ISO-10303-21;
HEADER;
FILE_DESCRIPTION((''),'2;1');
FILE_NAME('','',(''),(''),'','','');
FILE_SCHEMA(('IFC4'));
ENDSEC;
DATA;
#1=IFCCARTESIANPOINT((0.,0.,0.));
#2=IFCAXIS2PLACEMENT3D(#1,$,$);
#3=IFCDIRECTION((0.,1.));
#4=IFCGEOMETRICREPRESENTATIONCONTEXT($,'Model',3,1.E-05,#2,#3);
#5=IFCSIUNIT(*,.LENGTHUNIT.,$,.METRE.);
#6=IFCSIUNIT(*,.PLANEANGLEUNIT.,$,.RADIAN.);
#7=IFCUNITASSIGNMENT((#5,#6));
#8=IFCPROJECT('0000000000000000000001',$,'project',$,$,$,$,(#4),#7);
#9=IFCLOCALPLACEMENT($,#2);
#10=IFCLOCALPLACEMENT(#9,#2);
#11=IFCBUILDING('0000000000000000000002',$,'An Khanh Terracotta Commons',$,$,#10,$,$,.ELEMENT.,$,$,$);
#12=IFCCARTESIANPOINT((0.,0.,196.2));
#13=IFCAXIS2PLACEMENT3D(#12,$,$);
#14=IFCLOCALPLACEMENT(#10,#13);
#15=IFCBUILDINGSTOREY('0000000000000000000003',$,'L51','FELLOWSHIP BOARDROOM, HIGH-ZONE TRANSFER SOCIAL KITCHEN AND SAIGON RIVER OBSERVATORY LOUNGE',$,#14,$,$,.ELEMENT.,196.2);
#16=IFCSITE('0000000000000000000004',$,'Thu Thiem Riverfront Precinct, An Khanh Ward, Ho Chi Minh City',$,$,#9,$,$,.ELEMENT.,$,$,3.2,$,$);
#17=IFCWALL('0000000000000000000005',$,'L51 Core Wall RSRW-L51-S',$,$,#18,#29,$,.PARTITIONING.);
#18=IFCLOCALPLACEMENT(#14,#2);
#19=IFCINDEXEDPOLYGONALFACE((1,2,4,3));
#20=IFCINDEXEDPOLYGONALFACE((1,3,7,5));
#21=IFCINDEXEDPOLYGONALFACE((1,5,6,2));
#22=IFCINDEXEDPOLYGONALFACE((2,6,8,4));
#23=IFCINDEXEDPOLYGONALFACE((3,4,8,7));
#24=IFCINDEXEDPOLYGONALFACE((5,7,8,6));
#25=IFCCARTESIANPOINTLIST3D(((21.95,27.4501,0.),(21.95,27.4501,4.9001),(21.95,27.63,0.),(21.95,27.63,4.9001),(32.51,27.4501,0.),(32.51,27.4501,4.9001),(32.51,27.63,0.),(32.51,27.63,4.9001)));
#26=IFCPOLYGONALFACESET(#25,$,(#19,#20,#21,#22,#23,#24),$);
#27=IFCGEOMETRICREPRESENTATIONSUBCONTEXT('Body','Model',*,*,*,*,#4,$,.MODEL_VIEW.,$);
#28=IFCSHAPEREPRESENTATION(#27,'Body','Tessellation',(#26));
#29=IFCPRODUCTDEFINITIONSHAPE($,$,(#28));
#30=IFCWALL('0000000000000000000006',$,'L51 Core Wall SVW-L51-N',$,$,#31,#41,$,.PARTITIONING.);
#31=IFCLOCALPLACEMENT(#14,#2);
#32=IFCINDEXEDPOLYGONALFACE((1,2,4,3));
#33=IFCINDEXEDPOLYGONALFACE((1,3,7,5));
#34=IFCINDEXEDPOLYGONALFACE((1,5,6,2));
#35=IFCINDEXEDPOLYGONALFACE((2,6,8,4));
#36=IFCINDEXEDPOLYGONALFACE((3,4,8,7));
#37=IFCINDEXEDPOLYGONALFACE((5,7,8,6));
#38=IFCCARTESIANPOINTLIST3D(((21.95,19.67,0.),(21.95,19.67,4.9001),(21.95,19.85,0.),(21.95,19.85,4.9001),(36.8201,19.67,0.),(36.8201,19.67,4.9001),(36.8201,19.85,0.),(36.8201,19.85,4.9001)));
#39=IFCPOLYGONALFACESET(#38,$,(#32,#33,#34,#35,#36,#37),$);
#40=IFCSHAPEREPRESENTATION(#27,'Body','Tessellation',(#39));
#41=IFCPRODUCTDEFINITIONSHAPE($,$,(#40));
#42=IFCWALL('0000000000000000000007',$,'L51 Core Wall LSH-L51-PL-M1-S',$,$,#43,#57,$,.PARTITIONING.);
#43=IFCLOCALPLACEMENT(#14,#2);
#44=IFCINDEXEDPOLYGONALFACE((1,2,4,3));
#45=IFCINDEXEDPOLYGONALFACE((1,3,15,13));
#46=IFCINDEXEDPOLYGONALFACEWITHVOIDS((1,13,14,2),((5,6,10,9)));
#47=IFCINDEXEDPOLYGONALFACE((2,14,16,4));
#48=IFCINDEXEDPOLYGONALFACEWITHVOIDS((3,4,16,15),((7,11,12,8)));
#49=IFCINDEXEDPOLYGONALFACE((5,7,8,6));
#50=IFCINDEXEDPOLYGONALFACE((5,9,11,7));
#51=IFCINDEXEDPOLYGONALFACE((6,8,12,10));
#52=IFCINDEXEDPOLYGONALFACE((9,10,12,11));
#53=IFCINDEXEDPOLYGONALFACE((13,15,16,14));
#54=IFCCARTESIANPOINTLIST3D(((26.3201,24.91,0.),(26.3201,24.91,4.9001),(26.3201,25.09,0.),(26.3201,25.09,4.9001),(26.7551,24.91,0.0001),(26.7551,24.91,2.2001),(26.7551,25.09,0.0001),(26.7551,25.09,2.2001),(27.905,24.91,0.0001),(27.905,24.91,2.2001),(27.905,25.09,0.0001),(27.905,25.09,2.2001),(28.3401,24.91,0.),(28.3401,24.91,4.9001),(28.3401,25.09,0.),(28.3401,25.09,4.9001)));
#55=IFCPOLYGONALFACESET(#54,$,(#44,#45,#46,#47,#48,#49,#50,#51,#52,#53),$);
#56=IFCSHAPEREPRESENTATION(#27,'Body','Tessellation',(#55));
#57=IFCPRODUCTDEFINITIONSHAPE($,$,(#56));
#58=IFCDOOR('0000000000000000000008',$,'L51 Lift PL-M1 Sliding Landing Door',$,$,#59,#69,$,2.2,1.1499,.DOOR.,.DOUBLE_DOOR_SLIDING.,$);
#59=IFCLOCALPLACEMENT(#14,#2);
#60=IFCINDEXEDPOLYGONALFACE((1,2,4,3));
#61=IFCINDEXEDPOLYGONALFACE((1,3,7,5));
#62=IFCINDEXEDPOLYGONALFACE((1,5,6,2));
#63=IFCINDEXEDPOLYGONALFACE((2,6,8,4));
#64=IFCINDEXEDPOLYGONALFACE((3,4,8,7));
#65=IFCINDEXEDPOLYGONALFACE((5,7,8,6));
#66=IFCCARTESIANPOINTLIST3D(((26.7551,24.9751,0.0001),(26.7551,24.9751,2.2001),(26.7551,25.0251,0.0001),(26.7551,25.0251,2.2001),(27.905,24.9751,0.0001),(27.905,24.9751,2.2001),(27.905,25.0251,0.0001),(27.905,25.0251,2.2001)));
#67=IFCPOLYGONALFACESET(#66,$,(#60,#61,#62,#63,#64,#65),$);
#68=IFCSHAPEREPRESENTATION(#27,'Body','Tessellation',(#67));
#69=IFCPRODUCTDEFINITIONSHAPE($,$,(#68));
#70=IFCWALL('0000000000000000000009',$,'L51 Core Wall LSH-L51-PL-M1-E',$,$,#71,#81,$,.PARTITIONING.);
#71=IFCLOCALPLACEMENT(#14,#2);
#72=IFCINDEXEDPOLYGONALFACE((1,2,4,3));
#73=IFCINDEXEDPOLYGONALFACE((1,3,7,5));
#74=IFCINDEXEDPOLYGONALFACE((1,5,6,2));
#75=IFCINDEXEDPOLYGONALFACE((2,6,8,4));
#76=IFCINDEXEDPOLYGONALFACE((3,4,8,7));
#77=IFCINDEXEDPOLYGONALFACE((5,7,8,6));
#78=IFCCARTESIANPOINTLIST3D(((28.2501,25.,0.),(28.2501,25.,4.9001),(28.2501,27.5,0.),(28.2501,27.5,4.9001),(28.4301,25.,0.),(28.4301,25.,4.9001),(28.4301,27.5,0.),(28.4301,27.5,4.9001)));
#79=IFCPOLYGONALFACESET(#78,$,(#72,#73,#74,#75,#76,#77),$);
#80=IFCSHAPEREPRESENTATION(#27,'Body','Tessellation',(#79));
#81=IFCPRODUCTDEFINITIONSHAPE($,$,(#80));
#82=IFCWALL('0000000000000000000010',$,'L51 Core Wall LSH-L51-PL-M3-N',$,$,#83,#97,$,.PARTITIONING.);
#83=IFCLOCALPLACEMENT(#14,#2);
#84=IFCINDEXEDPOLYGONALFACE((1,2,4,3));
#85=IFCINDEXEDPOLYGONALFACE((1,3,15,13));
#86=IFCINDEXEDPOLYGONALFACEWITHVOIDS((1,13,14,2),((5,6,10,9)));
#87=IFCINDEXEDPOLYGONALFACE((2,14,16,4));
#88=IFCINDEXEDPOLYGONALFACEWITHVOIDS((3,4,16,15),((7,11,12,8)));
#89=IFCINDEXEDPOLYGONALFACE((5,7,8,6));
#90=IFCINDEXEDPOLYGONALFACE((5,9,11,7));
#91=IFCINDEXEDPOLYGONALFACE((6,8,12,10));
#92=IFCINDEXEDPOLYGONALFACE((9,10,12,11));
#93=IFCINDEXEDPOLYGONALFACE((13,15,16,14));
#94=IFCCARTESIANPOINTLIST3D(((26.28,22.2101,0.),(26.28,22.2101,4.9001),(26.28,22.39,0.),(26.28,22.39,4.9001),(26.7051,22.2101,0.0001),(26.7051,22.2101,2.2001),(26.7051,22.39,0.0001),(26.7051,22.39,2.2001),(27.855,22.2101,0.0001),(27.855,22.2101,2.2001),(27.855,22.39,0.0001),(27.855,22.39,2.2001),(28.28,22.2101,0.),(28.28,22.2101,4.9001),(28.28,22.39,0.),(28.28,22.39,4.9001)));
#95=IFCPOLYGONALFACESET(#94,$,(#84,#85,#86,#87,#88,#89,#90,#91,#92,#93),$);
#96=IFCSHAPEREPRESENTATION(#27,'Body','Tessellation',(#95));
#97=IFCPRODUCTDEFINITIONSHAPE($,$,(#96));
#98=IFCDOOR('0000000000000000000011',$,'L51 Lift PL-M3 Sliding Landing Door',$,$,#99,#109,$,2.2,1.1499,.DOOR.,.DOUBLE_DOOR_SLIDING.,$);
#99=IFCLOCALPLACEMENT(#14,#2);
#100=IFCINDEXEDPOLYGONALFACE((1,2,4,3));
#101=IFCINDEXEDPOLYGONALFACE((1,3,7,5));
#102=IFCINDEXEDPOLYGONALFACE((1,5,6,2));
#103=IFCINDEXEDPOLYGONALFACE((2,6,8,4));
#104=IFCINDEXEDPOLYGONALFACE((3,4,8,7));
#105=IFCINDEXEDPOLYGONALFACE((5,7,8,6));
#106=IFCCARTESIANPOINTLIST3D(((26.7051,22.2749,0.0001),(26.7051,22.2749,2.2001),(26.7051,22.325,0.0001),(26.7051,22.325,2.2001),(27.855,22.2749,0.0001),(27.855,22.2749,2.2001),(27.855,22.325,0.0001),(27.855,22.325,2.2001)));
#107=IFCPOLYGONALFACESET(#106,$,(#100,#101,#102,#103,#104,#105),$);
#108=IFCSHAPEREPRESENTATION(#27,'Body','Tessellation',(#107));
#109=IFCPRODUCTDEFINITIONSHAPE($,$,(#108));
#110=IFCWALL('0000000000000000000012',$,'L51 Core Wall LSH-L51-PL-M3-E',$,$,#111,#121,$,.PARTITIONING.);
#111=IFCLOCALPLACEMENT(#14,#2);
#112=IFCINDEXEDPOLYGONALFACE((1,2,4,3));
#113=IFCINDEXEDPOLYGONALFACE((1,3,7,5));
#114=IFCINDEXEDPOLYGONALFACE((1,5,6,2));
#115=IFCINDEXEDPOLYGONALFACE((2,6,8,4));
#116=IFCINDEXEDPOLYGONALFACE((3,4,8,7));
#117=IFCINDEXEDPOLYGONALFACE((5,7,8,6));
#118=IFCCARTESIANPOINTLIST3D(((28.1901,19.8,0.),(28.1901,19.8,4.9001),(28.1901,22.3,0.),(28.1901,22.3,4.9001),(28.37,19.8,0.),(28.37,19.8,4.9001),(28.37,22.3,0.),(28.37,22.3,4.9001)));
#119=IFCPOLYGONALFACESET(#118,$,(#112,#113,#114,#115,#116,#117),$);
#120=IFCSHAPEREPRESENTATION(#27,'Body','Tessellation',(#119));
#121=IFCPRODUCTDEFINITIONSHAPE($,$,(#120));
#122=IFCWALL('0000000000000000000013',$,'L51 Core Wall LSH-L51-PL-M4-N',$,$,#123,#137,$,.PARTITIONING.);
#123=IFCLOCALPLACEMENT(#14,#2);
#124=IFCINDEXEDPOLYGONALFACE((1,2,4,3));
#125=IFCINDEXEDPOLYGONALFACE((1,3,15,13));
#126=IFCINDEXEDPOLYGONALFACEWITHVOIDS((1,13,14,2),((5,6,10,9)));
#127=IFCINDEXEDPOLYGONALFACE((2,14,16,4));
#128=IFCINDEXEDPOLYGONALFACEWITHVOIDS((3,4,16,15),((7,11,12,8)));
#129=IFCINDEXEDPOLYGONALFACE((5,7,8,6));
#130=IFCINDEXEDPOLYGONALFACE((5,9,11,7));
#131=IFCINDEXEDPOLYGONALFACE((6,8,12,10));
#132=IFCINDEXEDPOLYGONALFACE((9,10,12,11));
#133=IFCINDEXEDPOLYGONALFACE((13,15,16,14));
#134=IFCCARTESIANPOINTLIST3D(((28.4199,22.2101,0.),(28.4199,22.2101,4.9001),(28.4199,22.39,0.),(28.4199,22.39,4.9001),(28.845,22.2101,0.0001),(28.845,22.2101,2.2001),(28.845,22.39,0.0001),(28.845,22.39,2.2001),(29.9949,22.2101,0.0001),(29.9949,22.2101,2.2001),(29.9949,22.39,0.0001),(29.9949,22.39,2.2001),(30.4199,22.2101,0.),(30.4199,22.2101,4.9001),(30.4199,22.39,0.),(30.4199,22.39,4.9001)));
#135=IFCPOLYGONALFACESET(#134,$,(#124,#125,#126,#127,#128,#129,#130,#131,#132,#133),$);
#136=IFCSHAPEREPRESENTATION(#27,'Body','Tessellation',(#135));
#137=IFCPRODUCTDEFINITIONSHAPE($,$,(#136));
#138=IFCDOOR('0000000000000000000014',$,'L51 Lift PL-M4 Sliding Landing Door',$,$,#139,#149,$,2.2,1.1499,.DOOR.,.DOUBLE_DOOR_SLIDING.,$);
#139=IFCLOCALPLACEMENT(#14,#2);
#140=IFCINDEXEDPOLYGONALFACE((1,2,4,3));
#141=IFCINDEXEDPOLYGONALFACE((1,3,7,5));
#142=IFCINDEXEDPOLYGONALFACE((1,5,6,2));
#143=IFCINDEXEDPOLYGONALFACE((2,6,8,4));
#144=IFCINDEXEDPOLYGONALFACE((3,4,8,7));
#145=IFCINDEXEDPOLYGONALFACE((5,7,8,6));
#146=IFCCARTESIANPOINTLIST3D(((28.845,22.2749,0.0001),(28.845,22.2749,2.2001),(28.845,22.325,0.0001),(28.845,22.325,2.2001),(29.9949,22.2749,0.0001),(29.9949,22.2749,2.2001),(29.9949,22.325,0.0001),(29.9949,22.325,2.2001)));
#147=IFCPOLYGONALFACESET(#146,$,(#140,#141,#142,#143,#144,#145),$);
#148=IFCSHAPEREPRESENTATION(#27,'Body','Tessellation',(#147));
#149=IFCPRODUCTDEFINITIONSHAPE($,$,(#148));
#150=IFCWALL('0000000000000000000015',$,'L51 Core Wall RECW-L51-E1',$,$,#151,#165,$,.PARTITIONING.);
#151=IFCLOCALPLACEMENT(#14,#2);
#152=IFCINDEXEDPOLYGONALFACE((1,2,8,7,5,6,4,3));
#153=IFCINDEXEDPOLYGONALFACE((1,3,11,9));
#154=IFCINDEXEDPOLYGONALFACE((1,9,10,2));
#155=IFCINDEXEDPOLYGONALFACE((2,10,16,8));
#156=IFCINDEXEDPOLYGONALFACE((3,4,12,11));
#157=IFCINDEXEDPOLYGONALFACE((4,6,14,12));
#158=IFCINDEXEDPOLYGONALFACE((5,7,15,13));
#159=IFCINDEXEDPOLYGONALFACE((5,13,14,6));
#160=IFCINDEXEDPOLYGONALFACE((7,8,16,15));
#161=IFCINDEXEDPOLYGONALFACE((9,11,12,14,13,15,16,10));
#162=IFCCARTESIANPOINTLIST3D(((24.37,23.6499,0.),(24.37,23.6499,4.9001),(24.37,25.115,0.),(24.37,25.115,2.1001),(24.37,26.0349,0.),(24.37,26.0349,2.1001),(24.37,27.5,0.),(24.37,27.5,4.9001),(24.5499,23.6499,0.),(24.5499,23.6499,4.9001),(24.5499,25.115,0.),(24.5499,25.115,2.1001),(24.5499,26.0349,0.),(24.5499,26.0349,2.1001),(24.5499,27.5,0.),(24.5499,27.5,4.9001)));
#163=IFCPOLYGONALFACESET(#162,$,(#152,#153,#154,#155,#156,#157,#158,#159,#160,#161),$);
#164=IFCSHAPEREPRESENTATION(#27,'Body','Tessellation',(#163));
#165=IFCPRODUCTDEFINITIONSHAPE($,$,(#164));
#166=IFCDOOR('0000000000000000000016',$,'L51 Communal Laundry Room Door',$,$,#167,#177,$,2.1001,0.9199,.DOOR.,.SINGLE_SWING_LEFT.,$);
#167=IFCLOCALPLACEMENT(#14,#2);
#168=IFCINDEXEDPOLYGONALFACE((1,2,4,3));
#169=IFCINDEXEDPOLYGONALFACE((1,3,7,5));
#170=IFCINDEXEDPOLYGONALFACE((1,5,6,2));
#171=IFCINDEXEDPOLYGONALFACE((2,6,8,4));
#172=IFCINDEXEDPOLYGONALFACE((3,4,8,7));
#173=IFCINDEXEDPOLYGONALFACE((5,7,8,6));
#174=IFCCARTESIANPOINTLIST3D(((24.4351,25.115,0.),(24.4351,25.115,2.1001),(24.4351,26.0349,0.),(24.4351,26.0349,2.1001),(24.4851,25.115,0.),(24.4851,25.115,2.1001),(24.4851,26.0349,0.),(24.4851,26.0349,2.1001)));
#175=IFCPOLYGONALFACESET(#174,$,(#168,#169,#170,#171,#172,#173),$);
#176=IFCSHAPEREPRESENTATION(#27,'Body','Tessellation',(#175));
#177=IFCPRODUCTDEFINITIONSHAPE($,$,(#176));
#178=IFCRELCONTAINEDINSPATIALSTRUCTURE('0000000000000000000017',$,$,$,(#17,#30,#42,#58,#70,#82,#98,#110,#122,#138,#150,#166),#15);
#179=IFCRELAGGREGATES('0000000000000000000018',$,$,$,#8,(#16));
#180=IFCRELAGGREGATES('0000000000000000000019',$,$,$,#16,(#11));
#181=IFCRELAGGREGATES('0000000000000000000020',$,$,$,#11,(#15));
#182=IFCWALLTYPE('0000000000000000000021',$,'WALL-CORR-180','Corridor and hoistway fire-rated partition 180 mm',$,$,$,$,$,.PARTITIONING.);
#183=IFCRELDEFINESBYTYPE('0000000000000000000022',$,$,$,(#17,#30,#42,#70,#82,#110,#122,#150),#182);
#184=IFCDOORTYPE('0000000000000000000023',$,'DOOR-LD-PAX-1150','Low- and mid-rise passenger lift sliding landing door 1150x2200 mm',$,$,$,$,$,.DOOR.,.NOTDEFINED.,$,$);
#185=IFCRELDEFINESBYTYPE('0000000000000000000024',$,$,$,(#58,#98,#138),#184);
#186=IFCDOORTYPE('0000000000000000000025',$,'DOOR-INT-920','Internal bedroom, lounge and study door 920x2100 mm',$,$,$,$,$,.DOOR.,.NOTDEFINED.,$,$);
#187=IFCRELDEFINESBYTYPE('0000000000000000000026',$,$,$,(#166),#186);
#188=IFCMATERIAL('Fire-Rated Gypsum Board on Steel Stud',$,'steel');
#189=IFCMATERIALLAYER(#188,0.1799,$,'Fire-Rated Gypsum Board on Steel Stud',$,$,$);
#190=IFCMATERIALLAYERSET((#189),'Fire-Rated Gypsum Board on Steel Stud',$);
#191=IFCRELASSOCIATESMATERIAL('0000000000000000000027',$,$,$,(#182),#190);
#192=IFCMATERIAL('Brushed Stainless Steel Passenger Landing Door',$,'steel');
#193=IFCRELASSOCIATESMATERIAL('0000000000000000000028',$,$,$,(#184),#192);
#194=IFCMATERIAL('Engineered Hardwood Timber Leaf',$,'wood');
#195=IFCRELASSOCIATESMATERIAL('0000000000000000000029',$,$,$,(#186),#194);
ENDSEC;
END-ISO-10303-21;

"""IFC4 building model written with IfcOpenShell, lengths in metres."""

from ifc_helpers import new_model, si_unit, direction, frame, frame_2d, origin, place, context, subcontext, project, spatial, rectangle, extrude, material, layer, layer_set, type_object, element, fill, save


model = new_model("IFC4")

# Units and contexts
model_context = context("Model", 3, precision=1e-05, world=origin(), true_north=direction((0.0, 1.0)))
body_context = subcontext(model_context, "Body", "Model", "MODEL_VIEW")
ifc_project = project(units=[si_unit("LENGTHUNIT", "METRE"), si_unit("PLANEANGLEUNIT", "RADIAN")], contexts=[model_context])

# Site, building, storey
site_placement = place(None, origin())
site = spatial("IfcSite", under=ifc_project, at=site_placement, Name="Thu Thiem Riverfront Precinct, An Khanh Ward, Ho Chi Minh City", CompositionType="ELEMENT", RefElevation=3.2)
building_placement = place(site_placement, origin())
building = spatial("IfcBuilding", under=site, at=building_placement, Name="An Khanh Terracotta Commons", CompositionType="ELEMENT")
storey_placement = place(building_placement, frame((0.0, 0.0, 196.2)))
storey = spatial("IfcBuildingStorey", under=building, at=storey_placement, Name="L51", Description="FELLOWSHIP BOARDROOM, HIGH-ZONE TRANSFER SOCIAL KITCHEN AND SAIGON RIVER OBSERVATORY LOUNGE", CompositionType="ELEMENT", Elevation=196.2)

# Walls
ifc_material_1 = material(Name="Fire-Rated Gypsum Board on Steel Stud", Category="steel")
ifc_layer_1 = layer(ifc_material_1, 0.1799, Name="Fire-Rated Gypsum Board on Steel Stud")
ifc_layer_set_1 = layer_set([ifc_layer_1], Name="Fire-Rated Gypsum Board on Steel Stud")
wall_type_1 = type_object("IfcWallType", Name="WALL-CORR-180", Description="Corridor and hoistway fire-rated partition 180 mm", PredefinedType="PARTITIONING", material=ifc_layer_set_1)
wall_1_placement = place(storey_placement, frame((21.95, 27.54, 0.0), z_axis=(0.0, 0.0, 1.0), x_axis=(1.0, 0.0, 0.0)))
element("IfcWall", 1, at=wall_1_placement, inside=storey, type_object=wall_type_1, Name="L51 Core Wall RSRW-L51-S", PredefinedType="PARTITIONING", context=body_context, shape_type="SweptSolid", body=[
    extrude(rectangle(XDim=10.5601, YDim=0.1799, at=frame_2d((5.28, 0.0))), origin(), (0.0, 0.0, 1.0), 4.9001),
])
wall_2_placement = place(storey_placement, frame((21.95, 19.76, 0.0), z_axis=(0.0, 0.0, 1.0), x_axis=(1.0, 0.0, 0.0)))
element("IfcWall", 2, at=wall_2_placement, inside=storey, type_object=wall_type_1, Name="L51 Core Wall SVW-L51-N", PredefinedType="PARTITIONING", context=body_context, shape_type="SweptSolid", body=[
    extrude(rectangle(XDim=14.8701, YDim=0.1799, at=frame_2d((7.4351, 0.0))), origin(), (0.0, 0.0, 1.0), 4.9001),
])

# Wall, opening, door
wall_3_placement = place(storey_placement, frame((28.3401, 25.0, 0.0), z_axis=(0.0, 0.0, 1.0), x_axis=(-1.0, 0.0, 0.0)))
wall_3 = element("IfcWall", 3, at=wall_3_placement, inside=storey, type_object=wall_type_1, Name="L51 Core Wall LSH-L51-PL-M1-S", PredefinedType="PARTITIONING", context=body_context, shape_type="SweptSolid", body=[
    extrude(rectangle(XDim=2.02, YDim=0.1799, at=frame_2d((1.01, 0.0))), origin(), (0.0, 0.0, 1.0), 4.9001),
])
opening_1_placement = place(wall_3_placement, frame((0.4351, 0.0, 0.0)))
opening_1 = element("IfcOpeningElement", 4, at=opening_1_placement, cuts=wall_3, PredefinedType="OPENING", context=body_context, shape_type="SweptSolid", body=[
    extrude(rectangle(XDim=1.1499, YDim=2.2, at=frame_2d((0.575, 1.1001))), frame((0.0, 0.0999, 0.0), z_axis=(0.0, -1.0, 0.0), x_axis=(1.0, 0.0, 0.0)), (0.0, 0.0, 1.0), 0.2),
])
ifc_material_2 = material(Name="Brushed Stainless Steel Passenger Landing Door", Category="steel")
door_type_1 = type_object("IfcDoorType", Name="DOOR-LD-PAX-1150", Description="Low- and mid-rise passenger lift sliding landing door 1150x2200 mm", OperationType="NOTDEFINED", PredefinedType="DOOR", material=ifc_material_2)
door_1_placement = place(opening_1_placement, origin())
door_1 = element("IfcDoor", 5, at=door_1_placement, inside=storey, type_object=door_type_1, Name="L51 Lift PL-M1 Sliding Landing Door", OperationType="DOUBLE_DOOR_SLIDING", OverallHeight=2.2, OverallWidth=1.1499, PredefinedType="DOOR", context=body_context, shape_type="SweptSolid", body=[
    extrude(rectangle(XDim=1.1499, YDim=2.2, at=frame_2d((0.575, 1.1001))), frame((0.0, 0.0249, 0.0), z_axis=(0.0, -1.0, 0.0), x_axis=(1.0, 0.0, 0.0)), (0.0, 0.0, 1.0), 0.05),
])
fill(opening_1, door_1)

# Wall
wall_4_placement = place(storey_placement, frame((28.3401, 25.0, 0.0), z_axis=(0.0, 0.0, 1.0), x_axis=(0.0, 1.0, 0.0)))
element("IfcWall", 6, at=wall_4_placement, inside=storey, type_object=wall_type_1, Name="L51 Core Wall LSH-L51-PL-M1-E", PredefinedType="PARTITIONING", context=body_context, shape_type="SweptSolid", body=[
    extrude(rectangle(XDim=2.5, YDim=0.1799, at=frame_2d((1.25, 0.0))), origin(), (0.0, 0.0, 1.0), 4.9001),
])

# Wall, opening, door
wall_5_placement = place(storey_placement, frame((26.28, 22.3, 0.0), z_axis=(0.0, 0.0, 1.0), x_axis=(1.0, 0.0, 0.0)))
wall_5 = element("IfcWall", 7, at=wall_5_placement, inside=storey, type_object=wall_type_1, Name="L51 Core Wall LSH-L51-PL-M3-N", PredefinedType="PARTITIONING", context=body_context, shape_type="SweptSolid", body=[
    extrude(rectangle(XDim=2.0, YDim=0.1799, at=frame_2d((1.0, 0.0))), origin(), (0.0, 0.0, 1.0), 4.9001),
])
opening_2_placement = place(wall_5_placement, frame((0.425, 0.0, 0.0)))
opening_2 = element("IfcOpeningElement", 8, at=opening_2_placement, cuts=wall_5, PredefinedType="OPENING", context=body_context, shape_type="SweptSolid", body=[
    extrude(rectangle(XDim=1.1499, YDim=2.2, at=frame_2d((0.575, 1.1001))), frame((0.0, 0.0999, 0.0), z_axis=(0.0, -1.0, 0.0), x_axis=(1.0, 0.0, 0.0)), (0.0, 0.0, 1.0), 0.2),
])
door_2_placement = place(opening_2_placement, origin())
door_2 = element("IfcDoor", 9, at=door_2_placement, inside=storey, type_object=door_type_1, Name="L51 Lift PL-M3 Sliding Landing Door", OperationType="DOUBLE_DOOR_SLIDING", OverallHeight=2.2, OverallWidth=1.1499, PredefinedType="DOOR", context=body_context, shape_type="SweptSolid", body=[
    extrude(rectangle(XDim=1.1499, YDim=2.2, at=frame_2d((0.575, 1.1001))), frame((0.0, 0.0249, 0.0), z_axis=(0.0, -1.0, 0.0), x_axis=(1.0, 0.0, 0.0)), (0.0, 0.0, 1.0), 0.05),
])
fill(opening_2, door_2)

# Wall
wall_6_placement = place(storey_placement, frame((28.28, 19.8, 0.0), z_axis=(0.0, 0.0, 1.0), x_axis=(0.0, 1.0, 0.0)))
element("IfcWall", 10, at=wall_6_placement, inside=storey, type_object=wall_type_1, Name="L51 Core Wall LSH-L51-PL-M3-E", PredefinedType="PARTITIONING", context=body_context, shape_type="SweptSolid", body=[
    extrude(rectangle(XDim=2.5, YDim=0.1799, at=frame_2d((1.25, 0.0))), origin(), (0.0, 0.0, 1.0), 4.9001),
])

# Walls, openings, doors
wall_7_placement = place(storey_placement, frame((28.4199, 22.3, 0.0), z_axis=(0.0, 0.0, 1.0), x_axis=(1.0, 0.0, 0.0)))
wall_7 = element("IfcWall", 11, at=wall_7_placement, inside=storey, type_object=wall_type_1, Name="L51 Core Wall LSH-L51-PL-M4-N", PredefinedType="PARTITIONING", context=body_context, shape_type="SweptSolid", body=[
    extrude(rectangle(XDim=2.0, YDim=0.1799, at=frame_2d((1.0, 0.0))), origin(), (0.0, 0.0, 1.0), 4.9001),
])
opening_3_placement = place(wall_7_placement, frame((0.425, 0.0, 0.0)))
opening_3 = element("IfcOpeningElement", 12, at=opening_3_placement, cuts=wall_7, PredefinedType="OPENING", context=body_context, shape_type="SweptSolid", body=[
    extrude(rectangle(XDim=1.1499, YDim=2.2, at=frame_2d((0.575, 1.1001))), frame((0.0, 0.0999, 0.0), z_axis=(0.0, -1.0, 0.0), x_axis=(1.0, 0.0, 0.0)), (0.0, 0.0, 1.0), 0.2),
])
door_3_placement = place(opening_3_placement, origin())
door_3 = element("IfcDoor", 13, at=door_3_placement, inside=storey, type_object=door_type_1, Name="L51 Lift PL-M4 Sliding Landing Door", OperationType="DOUBLE_DOOR_SLIDING", OverallHeight=2.2, OverallWidth=1.1499, PredefinedType="DOOR", context=body_context, shape_type="SweptSolid", body=[
    extrude(rectangle(XDim=1.1499, YDim=2.2, at=frame_2d((0.575, 1.1001))), frame((0.0, 0.0249, 0.0), z_axis=(0.0, -1.0, 0.0), x_axis=(1.0, 0.0, 0.0)), (0.0, 0.0, 1.0), 0.05),
])
fill(opening_3, door_3)
wall_8_placement = place(storey_placement, frame((24.46, 23.6499, 0.0), z_axis=(0.0, 0.0, 1.0), x_axis=(0.0, 1.0, 0.0)))
wall_8 = element("IfcWall", 14, at=wall_8_placement, inside=storey, type_object=wall_type_1, Name="L51 Core Wall RECW-L51-E1", PredefinedType="PARTITIONING", context=body_context, shape_type="SweptSolid", body=[
    extrude(rectangle(XDim=3.8501, YDim=0.1799, at=frame_2d((1.925, 0.0))), origin(), (0.0, 0.0, 1.0), 4.9001),
])
opening_4_placement = place(wall_8_placement, frame((1.4651, 0.0, 0.0)))
opening_4 = element("IfcOpeningElement", 15, at=opening_4_placement, cuts=wall_8, PredefinedType="OPENING", context=body_context, shape_type="SweptSolid", body=[
    extrude(rectangle(XDim=0.9199, YDim=2.1001, at=frame_2d((0.46, 1.05))), frame((0.0, 0.0999, 0.0), z_axis=(0.0, -1.0, 0.0), x_axis=(1.0, 0.0, 0.0)), (0.0, 0.0, 1.0), 0.2),
])
ifc_material_3 = material(Name="Engineered Hardwood Timber Leaf", Category="wood")
door_type_2 = type_object("IfcDoorType", Name="DOOR-INT-920", Description="Internal bedroom, lounge and study door 920x2100 mm", OperationType="NOTDEFINED", PredefinedType="DOOR", material=ifc_material_3)
door_4_placement = place(opening_4_placement, origin())
door_4 = element("IfcDoor", 16, at=door_4_placement, inside=storey, type_object=door_type_2, Name="L51 Communal Laundry Room Door", OperationType="SINGLE_SWING_LEFT", OverallHeight=2.1001, OverallWidth=0.9199, PredefinedType="DOOR", context=body_context, shape_type="SweptSolid", body=[
    extrude(rectangle(XDim=0.9199, YDim=2.1001, at=frame_2d((0.46, 1.05))), frame((0.0, 0.0249, 0.0), z_axis=(0.0, -1.0, 0.0), x_axis=(1.0, 0.0, 0.0)), (0.0, 0.0, 1.0), 0.05),
])
fill(opening_4, door_4)

save(model, "model.ifc")
